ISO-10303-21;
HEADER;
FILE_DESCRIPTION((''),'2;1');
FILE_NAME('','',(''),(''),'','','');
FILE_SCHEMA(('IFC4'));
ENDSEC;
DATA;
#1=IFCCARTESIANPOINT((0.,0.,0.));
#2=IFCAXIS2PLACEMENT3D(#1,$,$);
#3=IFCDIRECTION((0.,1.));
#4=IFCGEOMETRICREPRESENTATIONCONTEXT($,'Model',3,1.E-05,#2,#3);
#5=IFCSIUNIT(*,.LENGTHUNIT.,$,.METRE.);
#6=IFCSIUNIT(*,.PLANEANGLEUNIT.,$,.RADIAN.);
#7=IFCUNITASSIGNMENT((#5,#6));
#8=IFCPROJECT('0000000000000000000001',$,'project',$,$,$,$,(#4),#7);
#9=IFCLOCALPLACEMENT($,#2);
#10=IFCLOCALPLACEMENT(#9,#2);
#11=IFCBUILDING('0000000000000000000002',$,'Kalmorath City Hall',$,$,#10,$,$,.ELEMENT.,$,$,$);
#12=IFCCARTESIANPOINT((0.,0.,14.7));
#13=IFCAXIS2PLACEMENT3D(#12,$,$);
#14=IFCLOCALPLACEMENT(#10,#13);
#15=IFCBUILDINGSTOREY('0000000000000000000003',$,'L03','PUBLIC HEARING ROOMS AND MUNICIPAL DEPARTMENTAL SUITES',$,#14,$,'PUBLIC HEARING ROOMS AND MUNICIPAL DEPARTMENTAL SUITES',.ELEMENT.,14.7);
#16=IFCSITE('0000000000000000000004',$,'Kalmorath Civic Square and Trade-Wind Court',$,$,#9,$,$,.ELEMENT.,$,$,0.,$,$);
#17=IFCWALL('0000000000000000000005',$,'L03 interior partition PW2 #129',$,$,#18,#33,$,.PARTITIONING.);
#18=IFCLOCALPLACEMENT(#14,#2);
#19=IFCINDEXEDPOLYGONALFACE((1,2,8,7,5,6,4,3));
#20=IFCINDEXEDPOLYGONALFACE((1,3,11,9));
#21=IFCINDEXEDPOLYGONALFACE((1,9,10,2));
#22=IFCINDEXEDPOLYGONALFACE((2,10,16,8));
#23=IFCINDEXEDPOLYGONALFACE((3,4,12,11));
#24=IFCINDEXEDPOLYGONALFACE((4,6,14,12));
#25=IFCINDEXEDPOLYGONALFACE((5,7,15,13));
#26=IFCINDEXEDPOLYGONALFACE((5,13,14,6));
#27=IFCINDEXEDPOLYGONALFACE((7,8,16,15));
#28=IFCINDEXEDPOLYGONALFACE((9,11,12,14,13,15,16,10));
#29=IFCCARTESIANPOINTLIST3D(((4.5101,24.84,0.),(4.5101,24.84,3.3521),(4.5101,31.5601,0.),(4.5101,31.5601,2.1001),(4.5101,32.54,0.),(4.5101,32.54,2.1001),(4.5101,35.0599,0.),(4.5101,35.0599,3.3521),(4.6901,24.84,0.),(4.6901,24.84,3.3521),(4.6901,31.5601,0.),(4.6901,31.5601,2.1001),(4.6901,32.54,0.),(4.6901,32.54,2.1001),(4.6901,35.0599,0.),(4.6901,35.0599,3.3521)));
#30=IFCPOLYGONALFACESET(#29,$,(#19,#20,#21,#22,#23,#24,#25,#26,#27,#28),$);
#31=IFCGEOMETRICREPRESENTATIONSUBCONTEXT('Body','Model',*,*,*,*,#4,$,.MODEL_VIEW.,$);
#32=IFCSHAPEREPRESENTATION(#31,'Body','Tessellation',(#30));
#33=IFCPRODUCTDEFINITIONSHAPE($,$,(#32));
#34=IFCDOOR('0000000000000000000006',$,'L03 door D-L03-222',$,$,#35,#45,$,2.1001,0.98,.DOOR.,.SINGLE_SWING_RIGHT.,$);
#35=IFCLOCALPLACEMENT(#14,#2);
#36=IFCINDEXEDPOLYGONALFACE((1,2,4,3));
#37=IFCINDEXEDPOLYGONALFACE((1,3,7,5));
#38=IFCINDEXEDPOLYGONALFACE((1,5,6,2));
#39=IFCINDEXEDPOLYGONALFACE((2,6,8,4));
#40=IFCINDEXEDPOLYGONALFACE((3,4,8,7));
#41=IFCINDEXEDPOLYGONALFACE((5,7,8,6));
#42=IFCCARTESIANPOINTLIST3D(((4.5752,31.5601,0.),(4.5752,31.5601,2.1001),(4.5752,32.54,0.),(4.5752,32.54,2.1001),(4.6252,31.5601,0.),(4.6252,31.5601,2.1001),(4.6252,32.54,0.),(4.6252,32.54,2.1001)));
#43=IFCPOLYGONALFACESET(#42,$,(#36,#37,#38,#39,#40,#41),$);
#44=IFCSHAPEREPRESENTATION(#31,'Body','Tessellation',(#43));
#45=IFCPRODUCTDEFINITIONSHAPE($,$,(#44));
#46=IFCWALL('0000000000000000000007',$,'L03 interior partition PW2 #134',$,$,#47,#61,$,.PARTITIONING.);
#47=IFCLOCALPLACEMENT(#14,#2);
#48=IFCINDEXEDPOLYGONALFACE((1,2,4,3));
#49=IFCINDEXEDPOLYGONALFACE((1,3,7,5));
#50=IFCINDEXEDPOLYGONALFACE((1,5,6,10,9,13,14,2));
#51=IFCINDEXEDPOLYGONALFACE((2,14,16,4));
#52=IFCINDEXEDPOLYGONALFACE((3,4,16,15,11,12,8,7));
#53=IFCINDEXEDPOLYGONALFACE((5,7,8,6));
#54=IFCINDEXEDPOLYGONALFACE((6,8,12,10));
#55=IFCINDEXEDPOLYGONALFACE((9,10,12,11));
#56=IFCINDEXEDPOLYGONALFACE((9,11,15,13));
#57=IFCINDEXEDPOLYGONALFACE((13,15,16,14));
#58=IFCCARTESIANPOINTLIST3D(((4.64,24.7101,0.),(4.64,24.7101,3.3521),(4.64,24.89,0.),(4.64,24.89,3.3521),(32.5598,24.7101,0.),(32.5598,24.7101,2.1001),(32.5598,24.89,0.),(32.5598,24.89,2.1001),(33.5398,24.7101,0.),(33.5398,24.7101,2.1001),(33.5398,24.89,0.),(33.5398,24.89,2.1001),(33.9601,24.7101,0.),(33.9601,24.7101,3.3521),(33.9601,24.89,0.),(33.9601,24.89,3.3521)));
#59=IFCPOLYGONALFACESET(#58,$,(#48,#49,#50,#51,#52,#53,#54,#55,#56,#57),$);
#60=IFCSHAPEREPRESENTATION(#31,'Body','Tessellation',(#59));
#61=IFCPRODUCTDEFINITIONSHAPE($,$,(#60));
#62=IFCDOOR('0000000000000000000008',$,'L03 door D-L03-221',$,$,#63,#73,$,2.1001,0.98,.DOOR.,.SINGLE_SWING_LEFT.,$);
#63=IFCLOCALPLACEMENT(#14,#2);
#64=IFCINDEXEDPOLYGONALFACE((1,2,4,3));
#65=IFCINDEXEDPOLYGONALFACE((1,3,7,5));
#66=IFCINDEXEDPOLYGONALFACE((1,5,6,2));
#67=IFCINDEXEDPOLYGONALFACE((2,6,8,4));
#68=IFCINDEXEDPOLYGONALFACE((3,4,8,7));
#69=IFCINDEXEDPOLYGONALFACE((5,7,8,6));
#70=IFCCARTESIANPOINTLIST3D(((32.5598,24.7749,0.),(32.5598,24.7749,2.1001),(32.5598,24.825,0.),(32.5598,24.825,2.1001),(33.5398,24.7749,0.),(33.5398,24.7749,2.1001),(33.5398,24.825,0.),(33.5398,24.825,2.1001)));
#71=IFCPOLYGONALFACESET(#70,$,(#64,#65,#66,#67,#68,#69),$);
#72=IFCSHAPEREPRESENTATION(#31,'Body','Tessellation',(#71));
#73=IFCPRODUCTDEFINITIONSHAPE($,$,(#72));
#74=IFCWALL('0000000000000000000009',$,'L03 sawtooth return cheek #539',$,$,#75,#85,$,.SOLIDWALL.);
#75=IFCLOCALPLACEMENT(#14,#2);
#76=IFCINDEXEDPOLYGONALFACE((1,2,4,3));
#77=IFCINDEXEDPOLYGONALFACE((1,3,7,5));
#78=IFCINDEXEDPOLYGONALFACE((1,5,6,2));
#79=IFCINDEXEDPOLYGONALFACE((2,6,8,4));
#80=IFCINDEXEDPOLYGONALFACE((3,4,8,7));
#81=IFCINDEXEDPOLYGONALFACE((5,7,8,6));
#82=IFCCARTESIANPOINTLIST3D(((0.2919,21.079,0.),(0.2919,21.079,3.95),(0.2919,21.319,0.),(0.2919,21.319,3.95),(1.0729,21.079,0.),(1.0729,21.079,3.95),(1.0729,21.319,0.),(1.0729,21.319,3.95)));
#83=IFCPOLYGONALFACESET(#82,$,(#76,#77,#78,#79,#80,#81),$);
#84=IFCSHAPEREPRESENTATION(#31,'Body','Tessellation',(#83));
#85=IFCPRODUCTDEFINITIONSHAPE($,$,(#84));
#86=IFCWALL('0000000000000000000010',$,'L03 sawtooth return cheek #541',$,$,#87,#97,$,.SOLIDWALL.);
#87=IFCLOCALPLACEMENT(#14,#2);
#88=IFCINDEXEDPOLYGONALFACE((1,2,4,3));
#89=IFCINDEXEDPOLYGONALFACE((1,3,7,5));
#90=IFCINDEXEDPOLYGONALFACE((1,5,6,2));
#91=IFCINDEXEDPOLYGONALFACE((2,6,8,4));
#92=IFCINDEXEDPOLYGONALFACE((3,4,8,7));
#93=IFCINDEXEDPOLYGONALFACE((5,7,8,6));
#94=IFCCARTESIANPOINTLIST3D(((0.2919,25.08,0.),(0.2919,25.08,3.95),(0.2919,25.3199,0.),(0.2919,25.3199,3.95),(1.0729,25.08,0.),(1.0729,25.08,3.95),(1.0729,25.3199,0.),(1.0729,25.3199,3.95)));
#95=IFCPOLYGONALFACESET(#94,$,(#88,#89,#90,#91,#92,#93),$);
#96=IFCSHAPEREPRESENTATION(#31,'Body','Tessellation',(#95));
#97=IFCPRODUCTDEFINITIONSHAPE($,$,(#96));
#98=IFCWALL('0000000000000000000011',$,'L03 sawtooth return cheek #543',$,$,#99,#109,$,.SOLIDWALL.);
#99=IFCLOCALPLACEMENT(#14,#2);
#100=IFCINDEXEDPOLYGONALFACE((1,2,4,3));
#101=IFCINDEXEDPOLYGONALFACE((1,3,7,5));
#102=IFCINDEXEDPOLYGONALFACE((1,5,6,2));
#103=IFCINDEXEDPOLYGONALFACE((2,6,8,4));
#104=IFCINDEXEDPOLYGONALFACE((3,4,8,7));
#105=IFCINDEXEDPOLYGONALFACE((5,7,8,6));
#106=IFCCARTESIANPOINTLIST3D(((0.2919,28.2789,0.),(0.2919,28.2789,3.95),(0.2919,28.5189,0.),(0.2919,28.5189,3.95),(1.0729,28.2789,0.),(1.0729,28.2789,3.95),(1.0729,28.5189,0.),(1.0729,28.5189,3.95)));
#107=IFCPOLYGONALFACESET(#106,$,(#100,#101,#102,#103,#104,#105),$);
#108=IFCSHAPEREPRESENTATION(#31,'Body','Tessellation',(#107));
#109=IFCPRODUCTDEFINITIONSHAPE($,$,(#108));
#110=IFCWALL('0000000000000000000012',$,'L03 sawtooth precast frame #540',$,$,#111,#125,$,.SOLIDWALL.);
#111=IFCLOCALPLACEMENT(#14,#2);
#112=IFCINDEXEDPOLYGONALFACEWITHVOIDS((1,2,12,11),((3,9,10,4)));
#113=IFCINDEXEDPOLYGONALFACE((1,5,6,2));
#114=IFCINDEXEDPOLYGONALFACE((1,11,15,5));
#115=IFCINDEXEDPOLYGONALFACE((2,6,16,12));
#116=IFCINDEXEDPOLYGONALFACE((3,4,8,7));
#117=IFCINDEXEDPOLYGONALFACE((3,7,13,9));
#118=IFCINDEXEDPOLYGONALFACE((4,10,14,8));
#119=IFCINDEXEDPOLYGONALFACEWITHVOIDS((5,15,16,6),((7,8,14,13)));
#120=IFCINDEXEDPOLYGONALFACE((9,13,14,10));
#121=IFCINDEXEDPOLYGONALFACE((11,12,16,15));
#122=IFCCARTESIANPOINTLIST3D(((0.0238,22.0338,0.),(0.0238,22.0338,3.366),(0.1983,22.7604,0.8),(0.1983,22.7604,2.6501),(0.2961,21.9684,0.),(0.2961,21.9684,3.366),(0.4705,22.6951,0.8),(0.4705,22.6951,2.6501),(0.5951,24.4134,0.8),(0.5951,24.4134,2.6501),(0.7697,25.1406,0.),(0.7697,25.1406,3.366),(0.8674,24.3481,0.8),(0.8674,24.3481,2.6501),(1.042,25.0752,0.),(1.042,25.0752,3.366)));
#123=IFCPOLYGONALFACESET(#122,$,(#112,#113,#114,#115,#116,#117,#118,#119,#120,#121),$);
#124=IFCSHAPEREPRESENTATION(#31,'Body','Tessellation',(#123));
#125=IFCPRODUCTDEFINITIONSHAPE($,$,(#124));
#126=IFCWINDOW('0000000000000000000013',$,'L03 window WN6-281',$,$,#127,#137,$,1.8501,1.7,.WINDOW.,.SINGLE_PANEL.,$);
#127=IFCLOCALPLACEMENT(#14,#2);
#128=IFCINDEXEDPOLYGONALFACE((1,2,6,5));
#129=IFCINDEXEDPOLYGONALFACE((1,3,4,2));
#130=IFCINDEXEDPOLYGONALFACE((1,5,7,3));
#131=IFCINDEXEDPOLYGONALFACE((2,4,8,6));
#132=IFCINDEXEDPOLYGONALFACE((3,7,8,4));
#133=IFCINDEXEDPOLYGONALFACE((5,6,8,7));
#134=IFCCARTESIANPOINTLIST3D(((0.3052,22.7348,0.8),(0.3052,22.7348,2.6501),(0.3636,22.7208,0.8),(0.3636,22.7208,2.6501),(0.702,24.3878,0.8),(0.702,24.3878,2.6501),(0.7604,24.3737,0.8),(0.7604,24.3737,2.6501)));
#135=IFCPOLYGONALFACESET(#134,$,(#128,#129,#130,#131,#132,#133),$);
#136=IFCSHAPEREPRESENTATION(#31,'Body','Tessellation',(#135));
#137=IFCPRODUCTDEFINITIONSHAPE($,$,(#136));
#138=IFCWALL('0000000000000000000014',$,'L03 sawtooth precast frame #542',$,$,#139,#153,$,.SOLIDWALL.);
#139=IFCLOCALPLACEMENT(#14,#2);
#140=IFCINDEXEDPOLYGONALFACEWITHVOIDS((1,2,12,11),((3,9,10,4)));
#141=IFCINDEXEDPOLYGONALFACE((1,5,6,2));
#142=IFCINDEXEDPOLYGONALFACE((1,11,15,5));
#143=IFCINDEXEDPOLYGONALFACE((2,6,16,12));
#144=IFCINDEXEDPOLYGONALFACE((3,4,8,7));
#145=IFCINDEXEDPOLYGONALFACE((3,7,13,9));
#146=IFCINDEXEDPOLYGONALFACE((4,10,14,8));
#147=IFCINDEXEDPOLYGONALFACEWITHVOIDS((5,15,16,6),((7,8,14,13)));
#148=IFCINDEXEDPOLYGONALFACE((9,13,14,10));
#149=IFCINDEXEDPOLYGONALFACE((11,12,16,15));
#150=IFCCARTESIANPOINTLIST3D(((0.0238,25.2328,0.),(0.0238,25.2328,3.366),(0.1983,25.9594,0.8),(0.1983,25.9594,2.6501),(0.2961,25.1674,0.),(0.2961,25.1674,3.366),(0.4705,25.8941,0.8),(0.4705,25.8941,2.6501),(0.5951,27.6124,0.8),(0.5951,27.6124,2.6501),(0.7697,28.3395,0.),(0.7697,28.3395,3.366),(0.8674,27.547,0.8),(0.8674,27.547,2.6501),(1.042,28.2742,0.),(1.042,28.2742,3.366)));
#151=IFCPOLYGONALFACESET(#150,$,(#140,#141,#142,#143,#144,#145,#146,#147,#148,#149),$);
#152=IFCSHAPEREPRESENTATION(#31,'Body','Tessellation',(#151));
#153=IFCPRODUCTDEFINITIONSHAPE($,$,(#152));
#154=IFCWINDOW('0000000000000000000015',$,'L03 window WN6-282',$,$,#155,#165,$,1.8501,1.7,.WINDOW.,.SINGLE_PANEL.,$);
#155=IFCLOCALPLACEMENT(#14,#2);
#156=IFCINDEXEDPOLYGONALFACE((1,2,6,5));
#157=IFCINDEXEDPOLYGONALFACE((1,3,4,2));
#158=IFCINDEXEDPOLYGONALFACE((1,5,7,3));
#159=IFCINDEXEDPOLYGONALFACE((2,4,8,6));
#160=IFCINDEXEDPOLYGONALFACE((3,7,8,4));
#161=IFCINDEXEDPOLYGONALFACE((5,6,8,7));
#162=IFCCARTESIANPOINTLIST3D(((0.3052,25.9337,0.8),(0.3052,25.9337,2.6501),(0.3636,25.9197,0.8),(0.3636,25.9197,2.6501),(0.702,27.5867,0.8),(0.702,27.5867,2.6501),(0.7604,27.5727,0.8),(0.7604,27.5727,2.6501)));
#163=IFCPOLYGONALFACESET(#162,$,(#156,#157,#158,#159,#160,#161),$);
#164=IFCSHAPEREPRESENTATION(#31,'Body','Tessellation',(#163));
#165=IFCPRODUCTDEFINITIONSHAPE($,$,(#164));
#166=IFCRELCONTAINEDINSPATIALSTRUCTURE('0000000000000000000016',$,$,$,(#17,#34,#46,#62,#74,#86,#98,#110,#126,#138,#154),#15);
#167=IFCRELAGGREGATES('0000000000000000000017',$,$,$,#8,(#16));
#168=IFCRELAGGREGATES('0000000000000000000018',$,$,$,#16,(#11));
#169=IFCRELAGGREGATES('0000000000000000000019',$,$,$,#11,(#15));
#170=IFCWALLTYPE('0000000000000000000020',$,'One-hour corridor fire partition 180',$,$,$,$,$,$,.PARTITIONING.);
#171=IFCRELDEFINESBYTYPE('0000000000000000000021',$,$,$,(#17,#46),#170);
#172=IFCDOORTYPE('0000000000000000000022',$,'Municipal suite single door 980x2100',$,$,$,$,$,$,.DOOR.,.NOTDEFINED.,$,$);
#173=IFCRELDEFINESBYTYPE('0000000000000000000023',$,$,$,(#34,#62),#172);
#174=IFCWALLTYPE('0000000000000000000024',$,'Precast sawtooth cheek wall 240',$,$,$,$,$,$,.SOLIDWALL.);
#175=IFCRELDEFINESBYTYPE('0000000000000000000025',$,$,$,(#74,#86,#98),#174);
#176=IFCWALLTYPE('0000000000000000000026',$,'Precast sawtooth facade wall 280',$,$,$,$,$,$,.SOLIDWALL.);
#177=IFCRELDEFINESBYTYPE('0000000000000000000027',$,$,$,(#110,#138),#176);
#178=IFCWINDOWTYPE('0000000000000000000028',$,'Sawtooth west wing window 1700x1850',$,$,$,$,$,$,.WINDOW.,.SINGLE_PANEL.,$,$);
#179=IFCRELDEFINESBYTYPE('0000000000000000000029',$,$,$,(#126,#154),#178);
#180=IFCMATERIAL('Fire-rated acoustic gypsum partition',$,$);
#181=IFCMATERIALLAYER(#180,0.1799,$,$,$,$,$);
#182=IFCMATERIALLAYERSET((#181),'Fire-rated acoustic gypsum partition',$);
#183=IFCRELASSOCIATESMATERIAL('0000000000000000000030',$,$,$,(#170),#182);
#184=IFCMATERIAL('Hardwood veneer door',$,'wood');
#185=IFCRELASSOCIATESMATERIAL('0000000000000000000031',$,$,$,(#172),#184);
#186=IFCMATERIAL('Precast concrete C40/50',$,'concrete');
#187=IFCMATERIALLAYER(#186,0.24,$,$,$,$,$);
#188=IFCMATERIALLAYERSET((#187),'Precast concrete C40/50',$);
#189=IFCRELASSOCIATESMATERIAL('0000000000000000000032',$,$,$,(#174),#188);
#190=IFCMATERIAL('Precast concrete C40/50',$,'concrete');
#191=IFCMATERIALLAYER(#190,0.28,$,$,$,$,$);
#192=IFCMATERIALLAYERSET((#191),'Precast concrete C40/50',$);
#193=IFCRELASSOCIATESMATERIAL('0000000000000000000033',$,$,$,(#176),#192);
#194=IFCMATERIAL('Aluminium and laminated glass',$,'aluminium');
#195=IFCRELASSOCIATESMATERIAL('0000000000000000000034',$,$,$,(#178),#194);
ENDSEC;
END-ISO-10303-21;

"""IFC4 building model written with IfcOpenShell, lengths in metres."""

from ifc_helpers import new_model, si_unit, direction, frame, frame_2d, origin, place, context, subcontext, project, spatial, rectangle, extrude, material, layer, layer_set, type_object, element, fill, save


model = new_model("IFC4")

# Units and contexts
model_context = context("Model", 3, precision=1e-05, world=origin(), true_north=direction((0.0, 1.0)))
body_context = subcontext(model_context, "Body", "Model", "MODEL_VIEW")
ifc_project = project(units=[si_unit("LENGTHUNIT", "METRE"), si_unit("PLANEANGLEUNIT", "RADIAN")], contexts=[model_context])

# Site, building, storey
site_placement = place(None, origin())
site = spatial("IfcSite", under=ifc_project, at=site_placement, Name="Kalmorath Civic Square and Trade-Wind Court", CompositionType="ELEMENT", RefElevation=0.0)
building_placement = place(site_placement, origin())
building = spatial("IfcBuilding", under=site, at=building_placement, Name="Kalmorath City Hall", CompositionType="ELEMENT")
storey_placement = place(building_placement, frame((0.0, 0.0, 14.7)))
storey = spatial("IfcBuildingStorey", under=building, at=storey_placement, Name="L03", Description="PUBLIC HEARING ROOMS AND MUNICIPAL DEPARTMENTAL SUITES", LongName="PUBLIC HEARING ROOMS AND MUNICIPAL DEPARTMENTAL SUITES", CompositionType="ELEMENT", Elevation=14.7)

# Walls, openings, doors
ifc_material_1 = material(Name="Fire-rated acoustic gypsum partition")
ifc_layer_1 = layer(ifc_material_1, 0.1799)
ifc_layer_set_1 = layer_set([ifc_layer_1], Name="Fire-rated acoustic gypsum partition")
wall_type_1 = type_object("IfcWallType", Name="One-hour corridor fire partition 180", PredefinedType="PARTITIONING", material=ifc_layer_set_1)
wall_1_placement = place(storey_placement, frame((4.6001, 24.8401, 0.0), z_axis=(0.0, 0.0, 1.0), x_axis=(0.0, 1.0, 0.0)))
wall_1 = element("IfcWall", 1, at=wall_1_placement, inside=storey, type_object=wall_type_1, Name="L03 interior partition PW2 #129", PredefinedType="PARTITIONING", context=body_context, shape_type="SweptSolid", body=[
    extrude(rectangle(XDim=10.22, YDim=0.1799, at=frame_2d((5.1099, 0.0))), origin(), (0.0, 0.0, 1.0), 3.3521),
])
opening_1_placement = place(wall_1_placement, frame((6.72, 0.0, 0.0)))
opening_1 = element("IfcOpeningElement", 2, at=opening_1_placement, cuts=wall_1, PredefinedType="OPENING", context=body_context, shape_type="SweptSolid", body=[
    extrude(rectangle(XDim=0.98, YDim=2.1001, at=frame_2d((0.49, 1.05))), frame((0.0, 0.0999, 0.0), z_axis=(0.0, -1.0, 0.0), x_axis=(1.0, 0.0, 0.0)), (0.0, 0.0, 1.0), 0.2),
])
ifc_material_2 = material(Name="Hardwood veneer door", Category="wood")
door_type_1 = type_object("IfcDoorType", Name="Municipal suite single door 980x2100", OperationType="NOTDEFINED", PredefinedType="DOOR", material=ifc_material_2)
door_1_placement = place(opening_1_placement, origin())
door_1 = element("IfcDoor", 3, at=door_1_placement, inside=storey, type_object=door_type_1, Name="L03 door D-L03-222", OperationType="SINGLE_SWING_RIGHT", OverallHeight=2.1001, OverallWidth=0.98, PredefinedType="DOOR", context=body_context, shape_type="SweptSolid", body=[
    extrude(rectangle(XDim=0.98, YDim=2.1001, at=frame_2d((0.49, 1.05))), frame((0.0, 0.0249, 0.0), z_axis=(0.0, -1.0, 0.0), x_axis=(1.0, 0.0, 0.0)), (0.0, 0.0, 1.0), 0.05),
])
fill(opening_1, door_1)
wall_2_placement = place(storey_placement, frame((4.6399, 24.8, 0.0), z_axis=(0.0, 0.0, 1.0), x_axis=(1.0, 0.0, 0.0)))
wall_2 = element("IfcWall", 4, at=wall_2_placement, inside=storey, type_object=wall_type_1, Name="L03 interior partition PW2 #134", PredefinedType="PARTITIONING", context=body_context, shape_type="SweptSolid", body=[
    extrude(rectangle(XDim=29.3201, YDim=0.1799, at=frame_2d((14.6602, 0.0))), origin(), (0.0, 0.0, 1.0), 3.3521),
])
opening_2_placement = place(wall_2_placement, frame((27.9199, 0.0, 0.0)))
opening_2 = element("IfcOpeningElement", 5, at=opening_2_placement, cuts=wall_2, PredefinedType="OPENING", context=body_context, shape_type="SweptSolid", body=[
    extrude(rectangle(XDim=0.98, YDim=2.1001, at=frame_2d((0.49, 1.05))), frame((0.0, 0.0999, 0.0), z_axis=(0.0, -1.0, 0.0), x_axis=(1.0, 0.0, 0.0)), (0.0, 0.0, 1.0), 0.2),
])
door_2_placement = place(opening_2_placement, origin())
door_2 = element("IfcDoor", 6, at=door_2_placement, inside=storey, type_object=door_type_1, Name="L03 door D-L03-221", OperationType="SINGLE_SWING_LEFT", OverallHeight=2.1001, OverallWidth=0.98, PredefinedType="DOOR", context=body_context, shape_type="SweptSolid", body=[
    extrude(rectangle(XDim=0.98, YDim=2.1001, at=frame_2d((0.49, 1.05))), frame((0.0, 0.0249, 0.0), z_axis=(0.0, -1.0, 0.0), x_axis=(1.0, 0.0, 0.0)), (0.0, 0.0, 1.0), 0.05),
])
fill(opening_2, door_2)

# Walls
ifc_material_3 = material(Name="Precast concrete C40/50", Category="concrete")
ifc_layer_2 = layer(ifc_material_3, 0.24)
ifc_layer_set_2 = layer_set([ifc_layer_2], Name="Precast concrete C40/50")
wall_type_2 = type_object("IfcWallType", Name="Precast sawtooth cheek wall 240", PredefinedType="SOLIDWALL", material=ifc_layer_set_2)
for number, where, z_axis, x_axis, name in (
    (7, (1.073, 21.199, 0.0), (0.0, 0.0, 1.0), (-1.0, 0.0, 0.0), "L03 sawtooth return cheek #539"),
    (8, (1.073, 25.2, 0.0), (0.0, 0.0, 1.0), (-1.0, 0.0, 0.0), "L03 sawtooth return cheek #541"),
    (9, (1.073, 28.3989, 0.0), (0.0, 0.0, 1.0), (-1.0, 0.0, 0.0), "L03 sawtooth return cheek #543"),
):
    element("IfcWall", number, at=place(storey_placement, frame(where, z_axis=z_axis, x_axis=x_axis)), inside=storey, type_object=wall_type_2, Name=name, PredefinedType="SOLIDWALL", context=body_context, shape_type="SweptSolid", body=[
        extrude(rectangle(XDim=0.781, YDim=0.24, at=frame_2d((0.3906, 0.0))), origin(), (0.0, 0.0, 1.0), 3.95),
    ])

# Walls, openings, windows
ifc_material_4 = material(Name="Precast concrete C40/50", Category="concrete")
ifc_layer_3 = layer(ifc_material_4, 0.28)
ifc_layer_set_3 = layer_set([ifc_layer_3], Name="Precast concrete C40/50")
wall_type_3 = type_object("IfcWallType", Name="Precast sawtooth facade wall 280", PredefinedType="SOLIDWALL", material=ifc_layer_set_3)
wall_3_placement = place(storey_placement, frame((0.1599, 22.001, 0.0), z_axis=(0.0, 0.0, 1.0), x_axis=(0.233445, 0.97237, 0.0)))
wall_3 = element("IfcWall", 10, at=wall_3_placement, inside=storey, type_object=wall_type_3, Name="L03 sawtooth precast frame #540", PredefinedType="SOLIDWALL", context=body_context, shape_type="SweptSolid", body=[
    extrude(rectangle(XDim=3.1951, YDim=0.28, at=frame_2d((1.5977, 0.0))), origin(), (0.0, 0.0, 1.0), 3.366),
])
opening_3_placement = place(wall_3_placement, frame((0.7473, 0.0, 0.8)))
opening_3 = element("IfcOpeningElement", 11, at=opening_3_placement, cuts=wall_3, PredefinedType="OPENING", context=body_context, shape_type="SweptSolid", body=[
    extrude(rectangle(XDim=1.7, YDim=1.8501, at=frame_2d((0.8501, 0.925))), frame((0.0, 0.1499, 0.0), z_axis=(0.0, -1.0, 0.0), x_axis=(1.0, 0.0, 0.0)), (0.0, 0.0, 1.0), 0.3),
])
ifc_material_5 = material(Name="Aluminium and laminated glass", Category="aluminium")
window_type = type_object("IfcWindowType", Name="Sawtooth west wing window 1700x1850", PartitioningType="SINGLE_PANEL", PredefinedType="WINDOW", material=ifc_material_5)
window_1_placement = place(opening_3_placement, origin())
window_1 = element("IfcWindow", 12, at=window_1_placement, inside=storey, type_object=window_type, Name="L03 window WN6-281", OverallHeight=1.8501, OverallWidth=1.7, PartitioningType="SINGLE_PANEL", PredefinedType="WINDOW", context=body_context, shape_type="SweptSolid", body=[
    extrude(rectangle(XDim=1.7, YDim=1.8501, at=frame_2d((0.8501, 0.925))), frame((0.0, 0.03, 0.0), z_axis=(0.0, -1.0, 0.0), x_axis=(1.0, 0.0, 0.0)), (0.0, 0.0, 1.0), 0.0601),
])
fill(opening_3, window_1)
wall_4_placement = place(storey_placement, frame((0.1599, 25.2, 0.0), z_axis=(0.0, 0.0, 1.0), x_axis=(0.233445, 0.97237, 0.0)))
wall_4 = element("IfcWall", 13, at=wall_4_placement, inside=storey, type_object=wall_type_3, Name="L03 sawtooth precast frame #542", PredefinedType="SOLIDWALL", context=body_context, shape_type="SweptSolid", body=[
    extrude(rectangle(XDim=3.1951, YDim=0.28, at=frame_2d((1.5977, 0.0))), origin(), (0.0, 0.0, 1.0), 3.366),
])
opening_4_placement = place(wall_4_placement, frame((0.7473, 0.0, 0.8)))
opening_4 = element("IfcOpeningElement", 14, at=opening_4_placement, cuts=wall_4, PredefinedType="OPENING", context=body_context, shape_type="SweptSolid", body=[
    extrude(rectangle(XDim=1.7, YDim=1.8501, at=frame_2d((0.8501, 0.925))), frame((0.0, 0.1499, 0.0), z_axis=(0.0, -1.0, 0.0), x_axis=(1.0, 0.0, 0.0)), (0.0, 0.0, 1.0), 0.3),
])
window_2_placement = place(opening_4_placement, origin())
window_2 = element("IfcWindow", 15, at=window_2_placement, inside=storey, type_object=window_type, Name="L03 window WN6-282", OverallHeight=1.8501, OverallWidth=1.7, PartitioningType="SINGLE_PANEL", PredefinedType="WINDOW", context=body_context, shape_type="SweptSolid", body=[
    extrude(rectangle(XDim=1.7, YDim=1.8501, at=frame_2d((0.8501, 0.925))), frame((0.0, 0.03, 0.0), z_axis=(0.0, -1.0, 0.0), x_axis=(1.0, 0.0, 0.0)), (0.0, 0.0, 1.0), 0.0601),
])
fill(opening_4, window_2)

save(model, "model.ifc")
